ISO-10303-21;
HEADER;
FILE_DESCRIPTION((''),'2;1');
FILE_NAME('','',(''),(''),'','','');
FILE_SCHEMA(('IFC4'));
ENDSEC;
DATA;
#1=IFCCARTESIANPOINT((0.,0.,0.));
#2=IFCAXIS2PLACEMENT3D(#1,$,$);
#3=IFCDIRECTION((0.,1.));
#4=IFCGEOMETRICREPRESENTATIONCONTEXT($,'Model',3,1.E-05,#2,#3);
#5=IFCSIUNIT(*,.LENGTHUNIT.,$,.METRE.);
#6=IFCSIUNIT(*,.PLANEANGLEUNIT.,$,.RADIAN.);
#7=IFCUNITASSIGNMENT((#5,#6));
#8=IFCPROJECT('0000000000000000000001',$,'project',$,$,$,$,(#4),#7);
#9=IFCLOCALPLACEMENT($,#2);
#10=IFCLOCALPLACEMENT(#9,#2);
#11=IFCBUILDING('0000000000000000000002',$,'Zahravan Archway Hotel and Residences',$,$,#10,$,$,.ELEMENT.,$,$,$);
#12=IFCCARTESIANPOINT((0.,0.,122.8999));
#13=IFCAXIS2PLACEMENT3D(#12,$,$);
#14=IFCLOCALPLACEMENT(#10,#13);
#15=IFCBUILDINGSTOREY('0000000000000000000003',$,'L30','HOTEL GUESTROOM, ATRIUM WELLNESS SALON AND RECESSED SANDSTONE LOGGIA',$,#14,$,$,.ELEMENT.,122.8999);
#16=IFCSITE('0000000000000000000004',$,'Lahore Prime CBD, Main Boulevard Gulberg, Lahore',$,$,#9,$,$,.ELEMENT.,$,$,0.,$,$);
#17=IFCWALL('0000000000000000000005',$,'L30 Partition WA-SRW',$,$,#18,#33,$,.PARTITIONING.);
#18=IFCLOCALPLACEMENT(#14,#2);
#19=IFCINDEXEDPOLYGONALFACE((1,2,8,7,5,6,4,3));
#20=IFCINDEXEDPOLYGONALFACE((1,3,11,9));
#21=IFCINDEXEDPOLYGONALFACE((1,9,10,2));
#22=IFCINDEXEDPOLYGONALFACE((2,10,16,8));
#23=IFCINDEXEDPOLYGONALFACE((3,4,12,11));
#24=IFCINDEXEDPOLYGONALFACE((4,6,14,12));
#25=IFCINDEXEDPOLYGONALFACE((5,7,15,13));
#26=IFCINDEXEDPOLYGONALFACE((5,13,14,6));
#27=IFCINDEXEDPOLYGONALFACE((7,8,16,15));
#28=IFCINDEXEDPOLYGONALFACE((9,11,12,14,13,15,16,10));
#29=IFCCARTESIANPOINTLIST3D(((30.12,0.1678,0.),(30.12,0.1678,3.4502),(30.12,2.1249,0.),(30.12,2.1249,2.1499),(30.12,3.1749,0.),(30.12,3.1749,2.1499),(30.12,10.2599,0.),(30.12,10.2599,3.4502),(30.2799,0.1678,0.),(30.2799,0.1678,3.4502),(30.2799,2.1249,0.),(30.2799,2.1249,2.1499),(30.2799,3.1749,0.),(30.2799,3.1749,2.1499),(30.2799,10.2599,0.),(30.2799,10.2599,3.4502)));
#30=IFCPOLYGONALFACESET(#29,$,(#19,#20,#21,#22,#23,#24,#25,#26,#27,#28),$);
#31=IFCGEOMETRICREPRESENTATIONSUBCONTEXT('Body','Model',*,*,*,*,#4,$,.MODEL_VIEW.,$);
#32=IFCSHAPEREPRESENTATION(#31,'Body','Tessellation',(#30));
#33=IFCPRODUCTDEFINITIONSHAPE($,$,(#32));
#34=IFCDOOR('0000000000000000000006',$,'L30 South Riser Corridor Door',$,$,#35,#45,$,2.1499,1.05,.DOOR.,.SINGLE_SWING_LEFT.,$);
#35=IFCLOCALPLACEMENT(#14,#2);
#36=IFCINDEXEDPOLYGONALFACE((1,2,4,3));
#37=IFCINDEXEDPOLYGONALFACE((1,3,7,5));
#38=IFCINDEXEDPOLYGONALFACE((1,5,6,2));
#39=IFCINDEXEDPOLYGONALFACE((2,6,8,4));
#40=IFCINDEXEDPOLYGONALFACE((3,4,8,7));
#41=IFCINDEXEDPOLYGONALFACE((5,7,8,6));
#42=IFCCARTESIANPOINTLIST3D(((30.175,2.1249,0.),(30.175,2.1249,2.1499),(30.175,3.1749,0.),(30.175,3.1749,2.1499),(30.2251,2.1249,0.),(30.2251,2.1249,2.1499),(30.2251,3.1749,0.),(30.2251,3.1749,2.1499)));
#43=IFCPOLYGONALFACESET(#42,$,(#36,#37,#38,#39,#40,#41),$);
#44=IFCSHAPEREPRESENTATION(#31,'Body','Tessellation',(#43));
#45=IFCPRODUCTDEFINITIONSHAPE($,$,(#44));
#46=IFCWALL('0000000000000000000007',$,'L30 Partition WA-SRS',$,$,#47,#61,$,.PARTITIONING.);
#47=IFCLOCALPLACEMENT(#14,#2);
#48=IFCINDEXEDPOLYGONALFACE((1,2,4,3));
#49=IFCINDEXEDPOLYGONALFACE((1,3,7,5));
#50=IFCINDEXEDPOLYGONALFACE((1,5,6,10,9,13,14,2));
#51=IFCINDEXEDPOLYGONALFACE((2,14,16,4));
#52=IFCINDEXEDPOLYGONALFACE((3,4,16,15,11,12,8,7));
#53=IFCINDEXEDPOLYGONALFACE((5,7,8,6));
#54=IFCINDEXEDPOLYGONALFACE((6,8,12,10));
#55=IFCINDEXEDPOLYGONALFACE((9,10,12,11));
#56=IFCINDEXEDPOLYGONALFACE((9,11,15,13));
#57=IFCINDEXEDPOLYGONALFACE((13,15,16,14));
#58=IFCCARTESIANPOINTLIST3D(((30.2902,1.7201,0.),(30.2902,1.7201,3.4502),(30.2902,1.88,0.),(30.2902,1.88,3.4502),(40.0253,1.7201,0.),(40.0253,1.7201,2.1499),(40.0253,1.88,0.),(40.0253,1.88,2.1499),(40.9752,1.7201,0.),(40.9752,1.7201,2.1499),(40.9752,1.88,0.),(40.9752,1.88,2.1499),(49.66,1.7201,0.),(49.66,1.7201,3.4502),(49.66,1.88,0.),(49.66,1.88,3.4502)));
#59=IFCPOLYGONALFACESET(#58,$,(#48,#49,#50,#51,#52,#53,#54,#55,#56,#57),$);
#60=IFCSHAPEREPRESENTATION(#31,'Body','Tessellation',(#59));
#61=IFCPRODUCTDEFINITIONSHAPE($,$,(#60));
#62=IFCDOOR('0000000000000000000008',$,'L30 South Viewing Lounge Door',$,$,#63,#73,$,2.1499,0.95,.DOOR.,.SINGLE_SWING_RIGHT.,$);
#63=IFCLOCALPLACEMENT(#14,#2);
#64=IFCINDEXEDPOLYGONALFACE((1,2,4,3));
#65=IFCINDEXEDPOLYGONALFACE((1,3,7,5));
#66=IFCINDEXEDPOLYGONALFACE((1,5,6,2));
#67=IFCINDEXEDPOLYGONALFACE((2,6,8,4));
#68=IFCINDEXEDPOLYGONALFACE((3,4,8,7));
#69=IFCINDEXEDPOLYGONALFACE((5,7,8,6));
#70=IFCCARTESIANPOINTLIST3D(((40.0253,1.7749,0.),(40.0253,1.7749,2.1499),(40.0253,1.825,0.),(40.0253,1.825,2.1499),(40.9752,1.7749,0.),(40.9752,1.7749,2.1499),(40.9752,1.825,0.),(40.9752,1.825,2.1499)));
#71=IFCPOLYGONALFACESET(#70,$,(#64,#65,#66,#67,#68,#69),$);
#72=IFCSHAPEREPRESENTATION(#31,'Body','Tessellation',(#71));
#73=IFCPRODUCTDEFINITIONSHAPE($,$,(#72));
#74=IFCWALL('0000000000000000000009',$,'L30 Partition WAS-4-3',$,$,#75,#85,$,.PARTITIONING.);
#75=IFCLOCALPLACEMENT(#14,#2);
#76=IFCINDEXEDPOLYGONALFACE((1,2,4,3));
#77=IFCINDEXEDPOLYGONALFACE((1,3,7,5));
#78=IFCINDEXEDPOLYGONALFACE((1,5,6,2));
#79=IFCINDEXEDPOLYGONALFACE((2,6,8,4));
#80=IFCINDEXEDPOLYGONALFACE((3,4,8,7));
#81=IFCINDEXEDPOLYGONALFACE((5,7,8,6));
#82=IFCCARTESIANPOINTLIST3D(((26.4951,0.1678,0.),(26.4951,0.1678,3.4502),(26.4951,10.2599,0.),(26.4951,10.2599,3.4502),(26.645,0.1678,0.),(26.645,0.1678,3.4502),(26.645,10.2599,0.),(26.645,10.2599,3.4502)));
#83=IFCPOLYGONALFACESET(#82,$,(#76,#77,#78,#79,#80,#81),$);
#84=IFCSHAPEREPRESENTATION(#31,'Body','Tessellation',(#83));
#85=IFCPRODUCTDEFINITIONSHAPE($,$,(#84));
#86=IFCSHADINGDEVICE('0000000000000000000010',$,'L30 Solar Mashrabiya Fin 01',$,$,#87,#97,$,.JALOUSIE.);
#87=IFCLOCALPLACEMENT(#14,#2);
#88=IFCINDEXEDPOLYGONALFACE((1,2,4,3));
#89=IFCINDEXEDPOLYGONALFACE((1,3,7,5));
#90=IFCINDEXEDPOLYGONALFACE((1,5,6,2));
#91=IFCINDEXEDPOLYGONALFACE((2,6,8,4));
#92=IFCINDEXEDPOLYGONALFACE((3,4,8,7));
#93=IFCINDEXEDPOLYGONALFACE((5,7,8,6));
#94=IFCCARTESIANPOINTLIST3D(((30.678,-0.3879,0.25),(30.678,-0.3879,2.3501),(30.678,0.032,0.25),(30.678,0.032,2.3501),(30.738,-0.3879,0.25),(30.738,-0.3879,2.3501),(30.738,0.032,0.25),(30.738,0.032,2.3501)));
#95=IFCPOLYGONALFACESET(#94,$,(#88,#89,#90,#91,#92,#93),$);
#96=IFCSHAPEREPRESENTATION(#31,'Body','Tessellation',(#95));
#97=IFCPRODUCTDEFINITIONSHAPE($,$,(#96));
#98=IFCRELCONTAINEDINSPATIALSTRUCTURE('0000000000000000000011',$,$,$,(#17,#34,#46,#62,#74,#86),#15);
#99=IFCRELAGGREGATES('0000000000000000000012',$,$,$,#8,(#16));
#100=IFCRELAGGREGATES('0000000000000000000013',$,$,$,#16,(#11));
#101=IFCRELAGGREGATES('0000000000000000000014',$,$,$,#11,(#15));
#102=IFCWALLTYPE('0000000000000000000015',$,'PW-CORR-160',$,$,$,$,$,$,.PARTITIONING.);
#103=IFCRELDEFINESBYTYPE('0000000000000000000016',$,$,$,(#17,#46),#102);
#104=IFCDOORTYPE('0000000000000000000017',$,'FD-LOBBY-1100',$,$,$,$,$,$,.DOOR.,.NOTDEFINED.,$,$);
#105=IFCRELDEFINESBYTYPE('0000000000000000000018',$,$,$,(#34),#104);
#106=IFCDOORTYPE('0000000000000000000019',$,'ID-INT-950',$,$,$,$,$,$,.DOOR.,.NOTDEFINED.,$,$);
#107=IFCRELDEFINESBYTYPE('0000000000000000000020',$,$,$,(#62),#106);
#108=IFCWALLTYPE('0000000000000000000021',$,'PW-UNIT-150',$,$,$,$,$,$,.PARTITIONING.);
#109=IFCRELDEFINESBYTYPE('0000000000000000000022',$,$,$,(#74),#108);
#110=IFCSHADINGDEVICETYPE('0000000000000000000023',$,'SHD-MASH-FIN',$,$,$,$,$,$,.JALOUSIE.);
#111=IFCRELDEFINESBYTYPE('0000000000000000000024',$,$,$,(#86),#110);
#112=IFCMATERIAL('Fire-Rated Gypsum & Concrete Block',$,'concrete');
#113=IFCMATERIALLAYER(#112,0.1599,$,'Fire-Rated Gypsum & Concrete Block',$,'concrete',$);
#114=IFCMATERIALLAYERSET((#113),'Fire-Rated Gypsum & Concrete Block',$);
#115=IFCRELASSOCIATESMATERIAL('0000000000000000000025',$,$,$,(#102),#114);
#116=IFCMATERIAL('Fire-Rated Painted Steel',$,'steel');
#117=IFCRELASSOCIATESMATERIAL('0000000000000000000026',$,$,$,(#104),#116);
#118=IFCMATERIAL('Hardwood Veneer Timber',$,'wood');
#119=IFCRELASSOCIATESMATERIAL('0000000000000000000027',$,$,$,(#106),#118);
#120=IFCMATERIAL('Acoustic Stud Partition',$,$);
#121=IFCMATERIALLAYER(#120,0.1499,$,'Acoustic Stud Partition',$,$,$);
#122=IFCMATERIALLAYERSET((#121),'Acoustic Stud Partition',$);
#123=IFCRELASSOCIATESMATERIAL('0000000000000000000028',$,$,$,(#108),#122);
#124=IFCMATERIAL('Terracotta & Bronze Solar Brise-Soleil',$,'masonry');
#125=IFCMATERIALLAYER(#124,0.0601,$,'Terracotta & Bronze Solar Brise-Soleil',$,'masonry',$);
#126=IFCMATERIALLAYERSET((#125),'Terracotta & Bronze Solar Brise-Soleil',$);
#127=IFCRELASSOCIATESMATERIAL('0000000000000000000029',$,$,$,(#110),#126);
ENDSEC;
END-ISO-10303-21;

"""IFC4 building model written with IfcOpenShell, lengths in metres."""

from ifc_helpers import new_model, si_unit, direction, frame, frame_2d, origin, origin_2d, place, context, subcontext, project, spatial, rectangle, extrude, source, transform, mapped, material, layer, layer_set, type_object, type_shapes, element, fill, save


model = new_model("IFC4")

# Units and contexts
model_context = context("Model", 3, precision=1e-05, world=origin(), true_north=direction((0.0, 1.0)))
body_context = subcontext(model_context, "Body", "Model", "MODEL_VIEW")
ifc_project = project(units=[si_unit("LENGTHUNIT", "METRE"), si_unit("PLANEANGLEUNIT", "RADIAN")], contexts=[model_context])

# Site, building, storey
site_placement = place(None, origin())
site = spatial("IfcSite", under=ifc_project, at=site_placement, Name="Lahore Prime CBD, Main Boulevard Gulberg, Lahore", CompositionType="ELEMENT", RefElevation=0.0)
building_placement = place(site_placement, origin())
building = spatial("IfcBuilding", under=site, at=building_placement, Name="Zahravan Archway Hotel and Residences", CompositionType="ELEMENT")
storey_placement = place(building_placement, frame((0.0, 0.0, 122.8999)))
storey = spatial("IfcBuildingStorey", under=building, at=storey_placement, Name="L30", Description="HOTEL GUESTROOM, ATRIUM WELLNESS SALON AND RECESSED SANDSTONE LOGGIA", CompositionType="ELEMENT", Elevation=122.8999)

# Shared definitions
ifc_material_1 = material(Name="Fire-Rated Painted Steel", Category="steel")

# Walls, openings, doors
ifc_material_2 = material(Name="Fire-Rated Gypsum & Concrete Block", Category="concrete")
ifc_layer_1 = layer(ifc_material_2, 0.1599, Name="Fire-Rated Gypsum & Concrete Block", Category="concrete")
ifc_layer_set_1 = layer_set([ifc_layer_1], Name="Fire-Rated Gypsum & Concrete Block")
wall_type_1 = type_object("IfcWallType", Name="PW-CORR-160", PredefinedType="PARTITIONING", material=ifc_layer_set_1)
wall_1_placement = place(storey_placement, frame((30.2, 0.168, 0.0), z_axis=(0.0, 0.0, 1.0), x_axis=(0.0, 1.0, 0.0)))
wall_1 = element("IfcWall", 1, at=wall_1_placement, inside=storey, type_object=wall_type_1, Name="L30 Partition WA-SRW", PredefinedType="PARTITIONING", context=body_context, shape_type="SweptSolid", body=[
    extrude(rectangle(XDim=10.092, YDim=0.1599, at=frame_2d((5.0459, 0.0))), origin(), (0.0, 0.0, 1.0), 3.4502),
])
opening_1_placement = place(wall_1_placement, frame((1.957, 0.0, 0.0)))
opening_1 = element("IfcOpeningElement", 2, at=opening_1_placement, cuts=wall_1, PredefinedType="OPENING", context=body_context, shape_type="SweptSolid", body=[
    extrude(rectangle(XDim=1.05, YDim=2.1499, at=frame_2d((0.5249, 1.075))), frame((0.0, 0.0898, 0.0), z_axis=(0.0, -1.0, 0.0), x_axis=(1.0, 0.0, 0.0)), (0.0, 0.0, 1.0), 0.1799),
])
door_type_1 = type_object("IfcDoorType", Name="FD-LOBBY-1100", OperationType="NOTDEFINED", PredefinedType="DOOR", material=ifc_material_1)
shared_shape_1 = source(origin(), body_context, "Body", "SweptSolid", [
    extrude(rectangle(XDim=1.05, YDim=2.1499, at=frame_2d((0.5249, 1.075))), frame((0.0, 0.0249, 0.0), z_axis=(0.0, -1.0, 0.0), x_axis=(1.0, 0.0, 0.0)), (0.0, 0.0, 1.0), 0.05),
])
type_shapes(door_type_1, [shared_shape_1])
door_1_placement = place(opening_1_placement, origin())
door_1 = element("IfcDoor", 3, at=door_1_placement, inside=storey, type_object=door_type_1, Name="L30 South Riser Corridor Door", OperationType="SINGLE_SWING_LEFT", OverallHeight=2.1499, OverallWidth=1.05, PredefinedType="DOOR", context=body_context, shape_type="MappedRepresentation", body=[
    mapped(shared_shape_1, transform((0.0, 0.0, 0.0), scale=1.0)),
])
fill(opening_1, door_1)
wall_2_placement = place(storey_placement, frame((30.29, 1.8, 0.0), z_axis=(0.0, 0.0, 1.0), x_axis=(1.0, 0.0, 0.0)))
wall_2 = element("IfcWall", 4, at=wall_2_placement, inside=storey, type_object=wall_type_1, Name="L30 Partition WA-SRS", PredefinedType="PARTITIONING", context=body_context, shape_type="SweptSolid", body=[
    extrude(rectangle(XDim=19.3699, YDim=0.1599, at=frame_2d((9.6851, 0.0))), origin(), (0.0, 0.0, 1.0), 3.4502),
])
opening_2_placement = place(wall_2_placement, frame((9.7351, 0.0, 0.0)))
opening_2 = element("IfcOpeningElement", 5, at=opening_2_placement, cuts=wall_2, PredefinedType="OPENING", context=body_context, shape_type="SweptSolid", body=[
    extrude(rectangle(XDim=0.95, YDim=2.1499, at=frame_2d((0.4751, 1.075))), frame((0.0, 0.0898, 0.0), z_axis=(0.0, -1.0, 0.0), x_axis=(1.0, 0.0, 0.0)), (0.0, 0.0, 1.0), 0.1799),
])
ifc_material_3 = material(Name="Hardwood Veneer Timber", Category="wood")
door_type_2 = type_object("IfcDoorType", Name="ID-INT-950", OperationType="NOTDEFINED", PredefinedType="DOOR", material=ifc_material_3)
shared_shape_2 = source(origin(), body_context, "Body", "SweptSolid", [
    extrude(rectangle(XDim=0.95, YDim=2.1499, at=frame_2d((0.4751, 1.075))), frame((0.0, 0.0249, 0.0), z_axis=(0.0, -1.0, 0.0), x_axis=(1.0, 0.0, 0.0)), (0.0, 0.0, 1.0), 0.05),
])
type_shapes(door_type_2, [shared_shape_2])
door_2_placement = place(opening_2_placement, origin())
door_2 = element("IfcDoor", 6, at=door_2_placement, inside=storey, type_object=door_type_2, Name="L30 South Viewing Lounge Door", OperationType="SINGLE_SWING_RIGHT", OverallHeight=2.1499, OverallWidth=0.95, PredefinedType="DOOR", context=body_context, shape_type="MappedRepresentation", body=[
    mapped(shared_shape_2, transform((0.0, 0.0, 0.0), scale=1.0)),
])
fill(opening_2, door_2)

# Wall
ifc_material_4 = material(Name="Acoustic Stud Partition")
ifc_layer_2 = layer(ifc_material_4, 0.1499, Name="Acoustic Stud Partition")
ifc_layer_set_2 = layer_set([ifc_layer_2], Name="Acoustic Stud Partition")
wall_type_2 = type_object("IfcWallType", Name="PW-UNIT-150", PredefinedType="PARTITIONING", material=ifc_layer_set_2)
wall_3_placement = place(storey_placement, frame((26.5701, 0.168, 0.0), z_axis=(0.0, 0.0, 1.0), x_axis=(0.0, 1.0, 0.0)))
element("IfcWall", 7, at=wall_3_placement, inside=storey, type_object=wall_type_2, Name="L30 Partition WAS-4-3", PredefinedType="PARTITIONING", context=body_context, shape_type="SweptSolid", body=[
    extrude(rectangle(XDim=10.092, YDim=0.1499, at=frame_2d((5.0459, 0.0))), origin(), (0.0, 0.0, 1.0), 3.4502),
])

# Shading device
ifc_material_5 = material(Name="Terracotta & Bronze Solar Brise-Soleil", Category="masonry")
ifc_layer_3 = layer(ifc_material_5, 0.0601, Name="Terracotta & Bronze Solar Brise-Soleil", Category="masonry")
ifc_layer_set_3 = layer_set([ifc_layer_3], Name="Terracotta & Bronze Solar Brise-Soleil")
shading_device_type = type_object("IfcShadingDeviceType", Name="SHD-MASH-FIN", PredefinedType="JALOUSIE", material=ifc_layer_set_3)
shared_shape_3 = source(origin(), body_context, "Body", "SweptSolid", [
    extrude(rectangle(XDim=0.0601, YDim=0.4199, at=origin_2d()), origin(), (0.0, 0.0, 1.0), 2.1001),
])
type_shapes(shading_device_type, [shared_shape_3])
shading_device_placement = place(storey_placement, frame((30.708, -0.178, 0.25), z_axis=(0.0, 0.0, 1.0), x_axis=(1.0, 0.0, 0.0)))
element("IfcShadingDevice", 8, at=shading_device_placement, inside=storey, type_object=shading_device_type, Name="L30 Solar Mashrabiya Fin 01", PredefinedType="JALOUSIE", context=body_context, shape_type="MappedRepresentation", body=[
    mapped(shared_shape_3, transform((0.0, 0.0, 0.0), scale=1.0)),
])

save(model, "model.ifc")
